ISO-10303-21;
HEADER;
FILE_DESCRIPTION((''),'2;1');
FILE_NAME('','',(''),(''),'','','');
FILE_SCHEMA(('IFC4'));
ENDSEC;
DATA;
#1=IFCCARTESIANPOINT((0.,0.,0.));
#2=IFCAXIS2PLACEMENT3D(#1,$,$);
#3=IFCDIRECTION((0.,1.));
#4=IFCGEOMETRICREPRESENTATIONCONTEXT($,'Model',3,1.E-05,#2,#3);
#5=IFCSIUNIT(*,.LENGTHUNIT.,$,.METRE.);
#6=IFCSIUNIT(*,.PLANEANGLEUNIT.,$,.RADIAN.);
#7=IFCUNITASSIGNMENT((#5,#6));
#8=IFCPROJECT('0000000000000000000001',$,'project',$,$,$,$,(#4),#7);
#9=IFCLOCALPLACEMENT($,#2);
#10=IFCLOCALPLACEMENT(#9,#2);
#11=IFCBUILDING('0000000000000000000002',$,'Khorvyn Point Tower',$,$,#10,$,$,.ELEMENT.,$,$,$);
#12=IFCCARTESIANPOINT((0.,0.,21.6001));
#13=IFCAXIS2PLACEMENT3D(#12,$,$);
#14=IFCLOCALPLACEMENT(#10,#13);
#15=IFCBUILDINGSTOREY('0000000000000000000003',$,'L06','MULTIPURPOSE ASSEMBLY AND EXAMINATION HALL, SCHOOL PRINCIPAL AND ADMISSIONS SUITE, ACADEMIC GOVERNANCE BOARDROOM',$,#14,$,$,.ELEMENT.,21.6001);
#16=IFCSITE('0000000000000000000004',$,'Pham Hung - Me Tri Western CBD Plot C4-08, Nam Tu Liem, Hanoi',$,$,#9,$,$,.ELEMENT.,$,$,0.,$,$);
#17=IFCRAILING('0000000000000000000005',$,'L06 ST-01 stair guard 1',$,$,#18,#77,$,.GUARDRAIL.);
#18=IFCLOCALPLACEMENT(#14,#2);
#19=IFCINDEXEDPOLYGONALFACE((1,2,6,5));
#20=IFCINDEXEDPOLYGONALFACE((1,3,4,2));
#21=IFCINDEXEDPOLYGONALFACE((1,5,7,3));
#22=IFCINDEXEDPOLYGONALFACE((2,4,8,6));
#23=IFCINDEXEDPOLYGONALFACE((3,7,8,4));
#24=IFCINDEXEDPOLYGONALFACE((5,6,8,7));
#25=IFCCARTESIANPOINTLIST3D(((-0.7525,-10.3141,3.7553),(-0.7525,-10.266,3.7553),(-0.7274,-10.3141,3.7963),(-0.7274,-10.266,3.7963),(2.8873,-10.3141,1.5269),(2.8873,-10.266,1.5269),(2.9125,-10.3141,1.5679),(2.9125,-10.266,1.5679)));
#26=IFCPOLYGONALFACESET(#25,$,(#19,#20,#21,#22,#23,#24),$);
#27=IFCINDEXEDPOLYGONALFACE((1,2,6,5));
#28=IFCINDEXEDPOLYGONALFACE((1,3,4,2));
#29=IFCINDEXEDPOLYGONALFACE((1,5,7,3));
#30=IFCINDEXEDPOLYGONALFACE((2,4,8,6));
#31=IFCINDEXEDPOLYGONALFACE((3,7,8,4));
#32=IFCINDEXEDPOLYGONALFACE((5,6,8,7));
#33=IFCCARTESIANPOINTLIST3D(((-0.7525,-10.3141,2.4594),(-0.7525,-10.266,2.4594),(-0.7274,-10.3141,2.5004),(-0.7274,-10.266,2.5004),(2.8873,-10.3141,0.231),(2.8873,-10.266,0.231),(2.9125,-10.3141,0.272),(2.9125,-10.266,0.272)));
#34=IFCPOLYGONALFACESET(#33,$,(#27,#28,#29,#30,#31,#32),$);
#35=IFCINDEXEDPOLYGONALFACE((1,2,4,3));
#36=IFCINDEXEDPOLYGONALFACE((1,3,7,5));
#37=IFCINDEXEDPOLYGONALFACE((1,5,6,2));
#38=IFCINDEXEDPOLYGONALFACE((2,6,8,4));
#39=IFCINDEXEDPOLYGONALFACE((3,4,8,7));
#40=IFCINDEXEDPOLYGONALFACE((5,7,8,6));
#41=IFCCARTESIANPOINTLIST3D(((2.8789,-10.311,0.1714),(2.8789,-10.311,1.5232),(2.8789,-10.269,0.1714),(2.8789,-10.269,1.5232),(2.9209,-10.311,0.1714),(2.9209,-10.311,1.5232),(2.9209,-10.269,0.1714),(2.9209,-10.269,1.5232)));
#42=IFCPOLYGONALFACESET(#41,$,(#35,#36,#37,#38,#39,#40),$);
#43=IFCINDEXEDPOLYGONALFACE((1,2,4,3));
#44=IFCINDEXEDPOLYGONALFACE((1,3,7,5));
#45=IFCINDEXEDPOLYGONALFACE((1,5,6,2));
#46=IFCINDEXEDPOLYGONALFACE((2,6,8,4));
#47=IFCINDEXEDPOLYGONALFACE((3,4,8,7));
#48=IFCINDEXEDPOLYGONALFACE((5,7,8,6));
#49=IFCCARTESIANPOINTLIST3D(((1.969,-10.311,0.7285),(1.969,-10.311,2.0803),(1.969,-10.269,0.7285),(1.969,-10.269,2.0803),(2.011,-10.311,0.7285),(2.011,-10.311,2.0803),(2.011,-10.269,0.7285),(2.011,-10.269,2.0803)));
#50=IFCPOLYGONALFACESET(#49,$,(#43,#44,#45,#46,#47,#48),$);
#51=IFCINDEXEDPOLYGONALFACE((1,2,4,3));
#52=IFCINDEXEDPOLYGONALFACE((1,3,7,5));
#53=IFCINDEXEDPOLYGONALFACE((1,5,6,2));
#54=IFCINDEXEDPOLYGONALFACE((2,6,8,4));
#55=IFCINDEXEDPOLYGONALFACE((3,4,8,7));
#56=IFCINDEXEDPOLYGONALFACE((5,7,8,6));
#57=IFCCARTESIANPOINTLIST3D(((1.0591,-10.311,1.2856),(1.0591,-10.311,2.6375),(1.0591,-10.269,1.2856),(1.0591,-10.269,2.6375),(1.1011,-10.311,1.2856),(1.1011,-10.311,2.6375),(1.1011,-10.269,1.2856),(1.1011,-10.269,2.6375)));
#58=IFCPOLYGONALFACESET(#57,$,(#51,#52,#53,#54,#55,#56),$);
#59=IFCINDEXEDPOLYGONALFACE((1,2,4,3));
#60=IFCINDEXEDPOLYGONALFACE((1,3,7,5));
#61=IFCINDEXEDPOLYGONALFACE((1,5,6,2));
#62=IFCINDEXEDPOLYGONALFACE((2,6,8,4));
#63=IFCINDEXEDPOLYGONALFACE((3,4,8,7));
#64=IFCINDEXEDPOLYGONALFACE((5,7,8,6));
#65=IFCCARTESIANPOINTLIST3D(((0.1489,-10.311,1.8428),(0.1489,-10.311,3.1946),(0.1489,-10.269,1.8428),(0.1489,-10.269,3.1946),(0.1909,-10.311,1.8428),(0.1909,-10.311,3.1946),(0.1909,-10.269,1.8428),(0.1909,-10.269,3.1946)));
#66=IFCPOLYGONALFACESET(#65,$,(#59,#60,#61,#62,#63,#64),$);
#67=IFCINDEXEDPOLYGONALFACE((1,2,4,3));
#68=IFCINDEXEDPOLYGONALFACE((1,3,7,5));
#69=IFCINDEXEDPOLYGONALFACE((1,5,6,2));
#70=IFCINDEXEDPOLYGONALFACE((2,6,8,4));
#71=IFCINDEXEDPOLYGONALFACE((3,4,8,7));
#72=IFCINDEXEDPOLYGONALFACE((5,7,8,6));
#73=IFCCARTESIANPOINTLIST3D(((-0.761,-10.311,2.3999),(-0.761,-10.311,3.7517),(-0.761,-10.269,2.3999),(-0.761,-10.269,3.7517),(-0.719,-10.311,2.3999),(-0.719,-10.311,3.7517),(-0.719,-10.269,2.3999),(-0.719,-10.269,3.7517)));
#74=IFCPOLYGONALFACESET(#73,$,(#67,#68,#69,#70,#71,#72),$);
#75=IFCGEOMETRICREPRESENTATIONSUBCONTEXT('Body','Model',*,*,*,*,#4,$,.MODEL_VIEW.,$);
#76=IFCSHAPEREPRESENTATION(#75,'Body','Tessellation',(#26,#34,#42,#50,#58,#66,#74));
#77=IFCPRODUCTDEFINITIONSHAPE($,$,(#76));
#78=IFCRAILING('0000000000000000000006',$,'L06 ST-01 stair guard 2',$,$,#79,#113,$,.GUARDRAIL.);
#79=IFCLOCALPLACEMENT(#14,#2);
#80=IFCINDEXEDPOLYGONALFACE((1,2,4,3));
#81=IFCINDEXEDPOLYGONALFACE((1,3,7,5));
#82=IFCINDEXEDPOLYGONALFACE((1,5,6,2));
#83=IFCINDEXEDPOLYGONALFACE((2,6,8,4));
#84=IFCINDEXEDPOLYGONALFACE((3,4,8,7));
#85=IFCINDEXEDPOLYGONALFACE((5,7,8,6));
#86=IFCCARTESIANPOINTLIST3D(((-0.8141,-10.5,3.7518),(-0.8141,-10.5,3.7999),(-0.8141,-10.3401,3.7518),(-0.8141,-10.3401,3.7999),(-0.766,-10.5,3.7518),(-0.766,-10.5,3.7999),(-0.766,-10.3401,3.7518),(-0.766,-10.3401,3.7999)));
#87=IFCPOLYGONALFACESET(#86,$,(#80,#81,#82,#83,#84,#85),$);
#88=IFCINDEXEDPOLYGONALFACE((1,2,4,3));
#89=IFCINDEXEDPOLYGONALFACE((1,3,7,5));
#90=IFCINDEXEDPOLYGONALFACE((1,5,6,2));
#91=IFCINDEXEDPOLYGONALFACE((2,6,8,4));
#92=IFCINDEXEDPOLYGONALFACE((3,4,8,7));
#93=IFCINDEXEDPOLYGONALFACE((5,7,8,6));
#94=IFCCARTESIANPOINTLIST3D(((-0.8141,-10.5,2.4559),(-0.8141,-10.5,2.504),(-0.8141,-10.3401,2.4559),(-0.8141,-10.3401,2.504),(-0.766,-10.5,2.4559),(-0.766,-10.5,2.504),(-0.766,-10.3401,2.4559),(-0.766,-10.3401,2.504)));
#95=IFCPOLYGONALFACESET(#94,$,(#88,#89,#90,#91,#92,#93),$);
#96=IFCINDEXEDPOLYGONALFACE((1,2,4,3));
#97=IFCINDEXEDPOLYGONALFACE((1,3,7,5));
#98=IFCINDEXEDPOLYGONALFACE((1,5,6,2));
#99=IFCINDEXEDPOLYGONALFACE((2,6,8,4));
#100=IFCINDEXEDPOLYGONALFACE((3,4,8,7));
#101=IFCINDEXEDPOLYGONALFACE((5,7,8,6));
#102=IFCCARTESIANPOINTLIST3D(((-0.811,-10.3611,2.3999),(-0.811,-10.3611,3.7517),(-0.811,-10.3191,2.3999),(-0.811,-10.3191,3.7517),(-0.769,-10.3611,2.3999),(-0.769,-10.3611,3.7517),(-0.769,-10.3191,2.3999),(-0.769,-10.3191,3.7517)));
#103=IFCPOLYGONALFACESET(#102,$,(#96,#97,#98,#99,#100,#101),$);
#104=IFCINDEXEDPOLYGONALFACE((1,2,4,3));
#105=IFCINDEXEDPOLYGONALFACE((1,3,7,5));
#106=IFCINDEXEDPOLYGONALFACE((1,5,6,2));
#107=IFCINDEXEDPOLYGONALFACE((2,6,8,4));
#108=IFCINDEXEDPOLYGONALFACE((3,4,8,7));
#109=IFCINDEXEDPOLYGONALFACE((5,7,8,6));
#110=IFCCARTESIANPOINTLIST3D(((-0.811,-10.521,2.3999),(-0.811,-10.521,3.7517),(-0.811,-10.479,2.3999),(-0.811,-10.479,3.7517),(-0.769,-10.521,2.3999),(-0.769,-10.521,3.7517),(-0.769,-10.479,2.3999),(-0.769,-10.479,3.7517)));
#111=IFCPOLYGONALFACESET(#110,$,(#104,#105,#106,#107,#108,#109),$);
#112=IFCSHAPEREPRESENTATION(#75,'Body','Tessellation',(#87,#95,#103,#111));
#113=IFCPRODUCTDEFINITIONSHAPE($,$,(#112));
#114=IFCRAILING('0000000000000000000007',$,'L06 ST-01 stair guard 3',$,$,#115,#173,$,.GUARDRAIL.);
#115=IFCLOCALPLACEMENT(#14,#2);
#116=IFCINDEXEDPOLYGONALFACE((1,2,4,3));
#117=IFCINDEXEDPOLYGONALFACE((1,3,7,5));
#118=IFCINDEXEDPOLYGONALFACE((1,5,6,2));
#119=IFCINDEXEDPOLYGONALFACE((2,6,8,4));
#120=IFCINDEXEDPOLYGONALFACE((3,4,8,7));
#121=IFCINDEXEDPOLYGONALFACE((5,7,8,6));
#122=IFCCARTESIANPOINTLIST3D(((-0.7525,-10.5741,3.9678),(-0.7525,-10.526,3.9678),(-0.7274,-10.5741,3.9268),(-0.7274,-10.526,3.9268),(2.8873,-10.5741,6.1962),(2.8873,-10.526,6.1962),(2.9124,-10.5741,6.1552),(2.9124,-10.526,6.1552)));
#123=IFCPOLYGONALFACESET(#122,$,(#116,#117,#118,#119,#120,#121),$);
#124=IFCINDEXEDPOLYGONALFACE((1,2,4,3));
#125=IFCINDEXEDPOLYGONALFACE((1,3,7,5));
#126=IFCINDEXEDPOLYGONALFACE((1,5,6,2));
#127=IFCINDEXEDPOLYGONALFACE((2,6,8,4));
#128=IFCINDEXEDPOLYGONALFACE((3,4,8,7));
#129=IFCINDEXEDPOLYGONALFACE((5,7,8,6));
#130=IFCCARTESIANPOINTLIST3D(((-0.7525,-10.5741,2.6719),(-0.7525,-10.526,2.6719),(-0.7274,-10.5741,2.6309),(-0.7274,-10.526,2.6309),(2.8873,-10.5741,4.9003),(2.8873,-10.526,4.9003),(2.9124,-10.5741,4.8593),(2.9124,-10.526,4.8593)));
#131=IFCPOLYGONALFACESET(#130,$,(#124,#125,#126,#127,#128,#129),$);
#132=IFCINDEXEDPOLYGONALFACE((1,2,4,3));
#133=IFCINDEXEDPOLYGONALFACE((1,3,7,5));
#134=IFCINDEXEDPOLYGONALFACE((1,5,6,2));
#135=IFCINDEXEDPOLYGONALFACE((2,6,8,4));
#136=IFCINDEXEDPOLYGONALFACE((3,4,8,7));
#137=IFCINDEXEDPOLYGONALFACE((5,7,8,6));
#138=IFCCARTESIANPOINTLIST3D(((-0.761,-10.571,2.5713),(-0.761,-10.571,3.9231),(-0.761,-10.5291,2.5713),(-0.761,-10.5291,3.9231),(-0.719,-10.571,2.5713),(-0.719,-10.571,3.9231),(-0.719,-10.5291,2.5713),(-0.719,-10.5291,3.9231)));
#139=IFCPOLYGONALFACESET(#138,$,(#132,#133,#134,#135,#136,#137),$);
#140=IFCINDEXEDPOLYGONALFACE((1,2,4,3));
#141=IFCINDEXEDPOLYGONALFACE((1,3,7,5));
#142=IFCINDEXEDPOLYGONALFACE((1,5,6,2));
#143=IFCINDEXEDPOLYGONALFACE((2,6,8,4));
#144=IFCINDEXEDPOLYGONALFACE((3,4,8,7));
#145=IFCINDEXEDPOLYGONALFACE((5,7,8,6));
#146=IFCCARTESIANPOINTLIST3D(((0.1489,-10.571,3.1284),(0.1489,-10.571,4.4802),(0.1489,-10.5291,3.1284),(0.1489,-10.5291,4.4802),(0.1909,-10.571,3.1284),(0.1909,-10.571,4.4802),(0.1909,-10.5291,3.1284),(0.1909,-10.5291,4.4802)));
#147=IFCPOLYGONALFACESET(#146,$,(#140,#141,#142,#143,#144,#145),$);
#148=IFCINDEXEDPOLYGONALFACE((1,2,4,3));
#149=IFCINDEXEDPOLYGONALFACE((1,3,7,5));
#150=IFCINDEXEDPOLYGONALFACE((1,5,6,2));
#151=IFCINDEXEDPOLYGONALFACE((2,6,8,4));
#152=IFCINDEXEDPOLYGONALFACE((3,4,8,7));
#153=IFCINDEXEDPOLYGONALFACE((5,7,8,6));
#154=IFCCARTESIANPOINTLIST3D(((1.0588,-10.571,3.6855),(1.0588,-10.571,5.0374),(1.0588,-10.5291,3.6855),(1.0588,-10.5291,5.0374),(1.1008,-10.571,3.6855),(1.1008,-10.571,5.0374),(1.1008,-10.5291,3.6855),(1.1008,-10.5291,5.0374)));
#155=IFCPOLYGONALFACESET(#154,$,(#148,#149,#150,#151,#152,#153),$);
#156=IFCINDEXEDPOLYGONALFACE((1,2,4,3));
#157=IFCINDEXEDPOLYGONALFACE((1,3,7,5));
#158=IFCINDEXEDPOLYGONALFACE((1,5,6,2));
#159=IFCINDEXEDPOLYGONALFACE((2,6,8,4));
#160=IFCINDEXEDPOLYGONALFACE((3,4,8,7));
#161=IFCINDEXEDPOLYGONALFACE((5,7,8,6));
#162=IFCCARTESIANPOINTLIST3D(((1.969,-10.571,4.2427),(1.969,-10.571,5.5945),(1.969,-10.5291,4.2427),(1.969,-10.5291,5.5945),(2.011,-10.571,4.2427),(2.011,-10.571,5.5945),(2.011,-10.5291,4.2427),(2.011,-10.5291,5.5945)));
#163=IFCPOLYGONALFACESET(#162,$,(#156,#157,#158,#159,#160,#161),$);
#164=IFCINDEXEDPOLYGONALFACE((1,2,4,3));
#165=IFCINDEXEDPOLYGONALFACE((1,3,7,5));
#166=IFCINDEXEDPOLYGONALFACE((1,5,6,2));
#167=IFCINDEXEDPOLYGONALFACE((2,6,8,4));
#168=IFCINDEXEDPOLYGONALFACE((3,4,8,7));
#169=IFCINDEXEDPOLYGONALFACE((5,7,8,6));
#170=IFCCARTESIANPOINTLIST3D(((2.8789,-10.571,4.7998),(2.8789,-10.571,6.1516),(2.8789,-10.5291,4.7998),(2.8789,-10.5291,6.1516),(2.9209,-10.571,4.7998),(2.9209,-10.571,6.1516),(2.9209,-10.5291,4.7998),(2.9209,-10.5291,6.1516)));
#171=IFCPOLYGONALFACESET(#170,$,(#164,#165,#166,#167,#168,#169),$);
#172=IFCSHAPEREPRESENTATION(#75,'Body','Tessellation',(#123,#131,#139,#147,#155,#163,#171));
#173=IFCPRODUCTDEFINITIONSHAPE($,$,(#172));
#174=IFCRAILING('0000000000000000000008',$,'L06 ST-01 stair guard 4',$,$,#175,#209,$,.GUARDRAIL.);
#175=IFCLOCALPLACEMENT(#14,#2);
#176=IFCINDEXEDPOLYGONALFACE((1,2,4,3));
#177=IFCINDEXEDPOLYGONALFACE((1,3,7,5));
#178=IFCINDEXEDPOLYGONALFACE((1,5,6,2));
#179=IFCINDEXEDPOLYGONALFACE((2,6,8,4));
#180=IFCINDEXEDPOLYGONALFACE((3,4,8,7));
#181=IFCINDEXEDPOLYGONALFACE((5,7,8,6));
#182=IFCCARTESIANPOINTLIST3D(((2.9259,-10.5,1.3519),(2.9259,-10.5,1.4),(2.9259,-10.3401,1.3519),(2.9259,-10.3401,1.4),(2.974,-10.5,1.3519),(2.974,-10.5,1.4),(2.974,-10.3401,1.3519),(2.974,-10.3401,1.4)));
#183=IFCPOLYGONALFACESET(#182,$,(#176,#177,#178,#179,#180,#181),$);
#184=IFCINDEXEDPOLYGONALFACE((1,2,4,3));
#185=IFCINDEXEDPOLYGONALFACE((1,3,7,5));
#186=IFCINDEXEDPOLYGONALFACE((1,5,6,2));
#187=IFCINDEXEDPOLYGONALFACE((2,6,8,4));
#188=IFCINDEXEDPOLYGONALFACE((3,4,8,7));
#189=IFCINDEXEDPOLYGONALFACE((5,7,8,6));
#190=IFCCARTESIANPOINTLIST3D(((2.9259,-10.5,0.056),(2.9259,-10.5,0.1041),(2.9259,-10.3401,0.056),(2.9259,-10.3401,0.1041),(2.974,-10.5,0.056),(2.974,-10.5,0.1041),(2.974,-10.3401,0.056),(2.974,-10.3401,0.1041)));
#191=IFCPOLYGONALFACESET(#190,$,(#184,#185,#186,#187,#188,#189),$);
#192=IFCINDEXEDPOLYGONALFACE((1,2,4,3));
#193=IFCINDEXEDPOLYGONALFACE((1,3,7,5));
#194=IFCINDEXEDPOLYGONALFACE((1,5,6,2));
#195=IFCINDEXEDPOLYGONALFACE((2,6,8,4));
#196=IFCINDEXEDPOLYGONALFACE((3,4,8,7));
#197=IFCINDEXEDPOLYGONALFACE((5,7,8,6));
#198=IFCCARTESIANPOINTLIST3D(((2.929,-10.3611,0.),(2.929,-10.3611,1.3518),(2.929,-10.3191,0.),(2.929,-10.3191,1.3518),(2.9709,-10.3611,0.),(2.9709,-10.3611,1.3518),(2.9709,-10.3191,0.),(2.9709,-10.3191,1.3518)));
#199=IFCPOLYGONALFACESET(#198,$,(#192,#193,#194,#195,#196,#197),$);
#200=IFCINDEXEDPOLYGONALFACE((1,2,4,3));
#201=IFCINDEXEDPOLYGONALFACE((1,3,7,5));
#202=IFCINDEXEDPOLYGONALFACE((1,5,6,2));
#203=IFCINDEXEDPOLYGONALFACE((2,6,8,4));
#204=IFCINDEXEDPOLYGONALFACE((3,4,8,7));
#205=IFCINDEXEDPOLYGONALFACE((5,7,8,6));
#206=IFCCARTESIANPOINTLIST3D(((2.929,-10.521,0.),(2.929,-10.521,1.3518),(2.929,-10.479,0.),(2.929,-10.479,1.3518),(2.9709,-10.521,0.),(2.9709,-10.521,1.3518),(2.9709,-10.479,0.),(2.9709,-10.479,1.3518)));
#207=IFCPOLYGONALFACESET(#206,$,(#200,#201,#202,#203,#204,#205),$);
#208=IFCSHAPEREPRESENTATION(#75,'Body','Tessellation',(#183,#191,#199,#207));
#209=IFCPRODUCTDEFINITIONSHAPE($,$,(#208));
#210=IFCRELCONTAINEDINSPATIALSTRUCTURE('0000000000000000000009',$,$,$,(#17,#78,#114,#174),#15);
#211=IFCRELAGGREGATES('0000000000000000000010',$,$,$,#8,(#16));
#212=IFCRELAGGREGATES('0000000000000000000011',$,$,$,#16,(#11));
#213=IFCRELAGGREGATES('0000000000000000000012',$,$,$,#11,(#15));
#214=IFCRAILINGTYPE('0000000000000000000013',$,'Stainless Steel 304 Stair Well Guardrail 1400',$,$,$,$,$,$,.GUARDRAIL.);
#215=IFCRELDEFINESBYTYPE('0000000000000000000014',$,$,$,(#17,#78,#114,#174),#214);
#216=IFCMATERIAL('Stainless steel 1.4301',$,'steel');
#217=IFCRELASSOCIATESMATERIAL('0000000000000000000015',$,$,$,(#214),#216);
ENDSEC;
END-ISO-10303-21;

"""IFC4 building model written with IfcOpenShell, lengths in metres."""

from ifc_helpers import new_model, si_unit, direction, frame, origin, origin_2d, place, context, subcontext, project, spatial, rectangle, extrude, material, type_object, element, save


model = new_model("IFC4")

# Units and contexts
model_context = context("Model", 3, precision=1e-05, world=origin(), true_north=direction((0.0, 1.0)))
body_context = subcontext(model_context, "Body", "Model", "MODEL_VIEW")
ifc_project = project(units=[si_unit("LENGTHUNIT", "METRE"), si_unit("PLANEANGLEUNIT", "RADIAN")], contexts=[model_context])

# Site, building, storey
site_placement = place(None, origin())
site = spatial("IfcSite", under=ifc_project, at=site_placement, Name="Pham Hung - Me Tri Western CBD Plot C4-08, Nam Tu Liem, Hanoi", CompositionType="ELEMENT", RefElevation=0.0)
building_placement = place(site_placement, origin())
building = spatial("IfcBuilding", under=site, at=building_placement, Name="Khorvyn Point Tower", CompositionType="ELEMENT")
storey_placement = place(building_placement, frame((0.0, 0.0, 21.6001)))
storey = spatial("IfcBuildingStorey", under=building, at=storey_placement, Name="L06", Description="MULTIPURPOSE ASSEMBLY AND EXAMINATION HALL, SCHOOL PRINCIPAL AND ADMISSIONS SUITE, ACADEMIC GOVERNANCE BOARDROOM", CompositionType="ELEMENT", Elevation=21.6001)

# Railings
ifc_material_1 = material(Name="Stainless steel 1.4301", Category="steel")
railing_type_1 = type_object("IfcRailingType", Name="Stainless Steel 304 Stair Well Guardrail 1400", PredefinedType="GUARDRAIL", material=ifc_material_1)
railing_1_placement = place(storey_placement, frame((2.8999, -10.29, 0.1714)))
element("IfcRailing", 1, at=railing_1_placement, inside=storey, type_object=railing_type_1, Name="L06 ST-01 stair guard 1", PredefinedType="GUARDRAIL", context=body_context, shape_type="SweptSolid", body=[
    extrude(rectangle(XDim=0.0481, YDim=0.0481, at=origin_2d()), frame((0.0, 0.0, 1.376), z_axis=(-0.85285, 0.0, 0.522156), x_axis=(0.0, -1.0, 0.0)), (0.0, 0.0, 1.0), 4.2678),
    extrude(rectangle(XDim=0.0481, YDim=0.0481, at=origin_2d()), frame((0.0, 0.0, 0.0801), z_axis=(-0.85285, 0.0, 0.522156), x_axis=(0.0, -1.0, 0.0)), (0.0, 0.0, 1.0), 4.2678),
    extrude(rectangle(XDim=0.042, YDim=0.042, at=origin_2d()), origin(), (0.0, 0.0, 1.0), 1.3518),
    extrude(rectangle(XDim=0.042, YDim=0.042, at=origin_2d()), frame((-0.9099, 0.0, 0.5571)), (0.0, 0.0, 1.0), 1.3518),
    extrude(rectangle(XDim=0.042, YDim=0.042, at=origin_2d()), frame((-1.8198, 0.0, 1.1143)), (0.0, 0.0, 1.0), 1.3518),
    extrude(rectangle(XDim=0.042, YDim=0.042, at=origin_2d()), frame((-2.73, 0.0, 1.6714)), (0.0, 0.0, 1.0), 1.3518),
    extrude(rectangle(XDim=0.042, YDim=0.042, at=origin_2d()), frame((-3.6399, 0.0, 2.2285)), (0.0, 0.0, 1.0), 1.3518),
])
railing_2_placement = place(storey_placement, frame((-0.79, -10.3401, 2.3999)))
element("IfcRailing", 2, at=railing_2_placement, inside=storey, type_object=railing_type_1, Name="L06 ST-01 stair guard 2", PredefinedType="GUARDRAIL", context=body_context, shape_type="SweptSolid", body=[
    extrude(rectangle(XDim=0.0481, YDim=0.0481, at=origin_2d()), frame((0.0, 0.0, 1.376), z_axis=(0.0, -1.0, 0.0), x_axis=(1.0, 0.0, 0.0)), (0.0, 0.0, 1.0), 0.1599),
    extrude(rectangle(XDim=0.0481, YDim=0.0481, at=origin_2d()), frame((0.0, 0.0, 0.0801), z_axis=(0.0, -1.0, 0.0), x_axis=(1.0, 0.0, 0.0)), (0.0, 0.0, 1.0), 0.1599),
    extrude(rectangle(XDim=0.042, YDim=0.042, at=origin_2d()), origin(), (0.0, 0.0, 1.0), 1.3518),
    extrude(rectangle(XDim=0.042, YDim=0.042, at=origin_2d()), frame((0.0, -0.1599, 0.0)), (0.0, 0.0, 1.0), 1.3518),
])
railing_3_placement = place(storey_placement, frame((-0.74, -10.55, 2.5713)))
element("IfcRailing", 3, at=railing_3_placement, inside=storey, type_object=railing_type_1, Name="L06 ST-01 stair guard 3", PredefinedType="GUARDRAIL", context=body_context, shape_type="SweptSolid", body=[
    extrude(rectangle(XDim=0.0481, YDim=0.0481, at=origin_2d()), frame((0.0, 0.0, 1.376), z_axis=(0.85285, 0.0, 0.522156), x_axis=(0.0, 1.0, 0.0)), (0.0, 0.0, 1.0), 4.2678),
    extrude(rectangle(XDim=0.0481, YDim=0.0481, at=origin_2d()), frame((0.0, 0.0, 0.0801), z_axis=(0.85285, 0.0, 0.522156), x_axis=(0.0, 1.0, 0.0)), (0.0, 0.0, 1.0), 4.2678),
    extrude(rectangle(XDim=0.042, YDim=0.042, at=origin_2d()), origin(), (0.0, 0.0, 1.0), 1.3518),
    extrude(rectangle(XDim=0.042, YDim=0.042, at=origin_2d()), frame((0.9099, 0.0, 0.5571)), (0.0, 0.0, 1.0), 1.3518),
    extrude(rectangle(XDim=0.042, YDim=0.042, at=origin_2d()), frame((1.8198, 0.0, 1.1143)), (0.0, 0.0, 1.0), 1.3518),
    extrude(rectangle(XDim=0.042, YDim=0.042, at=origin_2d()), frame((2.73, 0.0, 1.6714)), (0.0, 0.0, 1.0), 1.3518),
    extrude(rectangle(XDim=0.042, YDim=0.042, at=origin_2d()), frame((3.6399, 0.0, 2.2285)), (0.0, 0.0, 1.0), 1.3518),
])
railing_4_placement = place(storey_placement, frame((2.95, -10.3401, 0.0)))
element("IfcRailing", 4, at=railing_4_placement, inside=storey, type_object=railing_type_1, Name="L06 ST-01 stair guard 4", PredefinedType="GUARDRAIL", context=body_context, shape_type="SweptSolid", body=[
    extrude(rectangle(XDim=0.0481, YDim=0.0481, at=origin_2d()), frame((0.0, 0.0, 1.376), z_axis=(0.0, -1.0, 0.0), x_axis=(1.0, 0.0, 0.0)), (0.0, 0.0, 1.0), 0.1599),
    extrude(rectangle(XDim=0.0481, YDim=0.0481, at=origin_2d()), frame((0.0, 0.0, 0.0801), z_axis=(0.0, -1.0, 0.0), x_axis=(1.0, 0.0, 0.0)), (0.0, 0.0, 1.0), 0.1599),
    extrude(rectangle(XDim=0.042, YDim=0.042, at=origin_2d()), origin(), (0.0, 0.0, 1.0), 1.3518),
    extrude(rectangle(XDim=0.042, YDim=0.042, at=origin_2d()), frame((0.0, -0.1599, 0.0)), (0.0, 0.0, 1.0), 1.3518),
])

save(model, "model.ifc")
